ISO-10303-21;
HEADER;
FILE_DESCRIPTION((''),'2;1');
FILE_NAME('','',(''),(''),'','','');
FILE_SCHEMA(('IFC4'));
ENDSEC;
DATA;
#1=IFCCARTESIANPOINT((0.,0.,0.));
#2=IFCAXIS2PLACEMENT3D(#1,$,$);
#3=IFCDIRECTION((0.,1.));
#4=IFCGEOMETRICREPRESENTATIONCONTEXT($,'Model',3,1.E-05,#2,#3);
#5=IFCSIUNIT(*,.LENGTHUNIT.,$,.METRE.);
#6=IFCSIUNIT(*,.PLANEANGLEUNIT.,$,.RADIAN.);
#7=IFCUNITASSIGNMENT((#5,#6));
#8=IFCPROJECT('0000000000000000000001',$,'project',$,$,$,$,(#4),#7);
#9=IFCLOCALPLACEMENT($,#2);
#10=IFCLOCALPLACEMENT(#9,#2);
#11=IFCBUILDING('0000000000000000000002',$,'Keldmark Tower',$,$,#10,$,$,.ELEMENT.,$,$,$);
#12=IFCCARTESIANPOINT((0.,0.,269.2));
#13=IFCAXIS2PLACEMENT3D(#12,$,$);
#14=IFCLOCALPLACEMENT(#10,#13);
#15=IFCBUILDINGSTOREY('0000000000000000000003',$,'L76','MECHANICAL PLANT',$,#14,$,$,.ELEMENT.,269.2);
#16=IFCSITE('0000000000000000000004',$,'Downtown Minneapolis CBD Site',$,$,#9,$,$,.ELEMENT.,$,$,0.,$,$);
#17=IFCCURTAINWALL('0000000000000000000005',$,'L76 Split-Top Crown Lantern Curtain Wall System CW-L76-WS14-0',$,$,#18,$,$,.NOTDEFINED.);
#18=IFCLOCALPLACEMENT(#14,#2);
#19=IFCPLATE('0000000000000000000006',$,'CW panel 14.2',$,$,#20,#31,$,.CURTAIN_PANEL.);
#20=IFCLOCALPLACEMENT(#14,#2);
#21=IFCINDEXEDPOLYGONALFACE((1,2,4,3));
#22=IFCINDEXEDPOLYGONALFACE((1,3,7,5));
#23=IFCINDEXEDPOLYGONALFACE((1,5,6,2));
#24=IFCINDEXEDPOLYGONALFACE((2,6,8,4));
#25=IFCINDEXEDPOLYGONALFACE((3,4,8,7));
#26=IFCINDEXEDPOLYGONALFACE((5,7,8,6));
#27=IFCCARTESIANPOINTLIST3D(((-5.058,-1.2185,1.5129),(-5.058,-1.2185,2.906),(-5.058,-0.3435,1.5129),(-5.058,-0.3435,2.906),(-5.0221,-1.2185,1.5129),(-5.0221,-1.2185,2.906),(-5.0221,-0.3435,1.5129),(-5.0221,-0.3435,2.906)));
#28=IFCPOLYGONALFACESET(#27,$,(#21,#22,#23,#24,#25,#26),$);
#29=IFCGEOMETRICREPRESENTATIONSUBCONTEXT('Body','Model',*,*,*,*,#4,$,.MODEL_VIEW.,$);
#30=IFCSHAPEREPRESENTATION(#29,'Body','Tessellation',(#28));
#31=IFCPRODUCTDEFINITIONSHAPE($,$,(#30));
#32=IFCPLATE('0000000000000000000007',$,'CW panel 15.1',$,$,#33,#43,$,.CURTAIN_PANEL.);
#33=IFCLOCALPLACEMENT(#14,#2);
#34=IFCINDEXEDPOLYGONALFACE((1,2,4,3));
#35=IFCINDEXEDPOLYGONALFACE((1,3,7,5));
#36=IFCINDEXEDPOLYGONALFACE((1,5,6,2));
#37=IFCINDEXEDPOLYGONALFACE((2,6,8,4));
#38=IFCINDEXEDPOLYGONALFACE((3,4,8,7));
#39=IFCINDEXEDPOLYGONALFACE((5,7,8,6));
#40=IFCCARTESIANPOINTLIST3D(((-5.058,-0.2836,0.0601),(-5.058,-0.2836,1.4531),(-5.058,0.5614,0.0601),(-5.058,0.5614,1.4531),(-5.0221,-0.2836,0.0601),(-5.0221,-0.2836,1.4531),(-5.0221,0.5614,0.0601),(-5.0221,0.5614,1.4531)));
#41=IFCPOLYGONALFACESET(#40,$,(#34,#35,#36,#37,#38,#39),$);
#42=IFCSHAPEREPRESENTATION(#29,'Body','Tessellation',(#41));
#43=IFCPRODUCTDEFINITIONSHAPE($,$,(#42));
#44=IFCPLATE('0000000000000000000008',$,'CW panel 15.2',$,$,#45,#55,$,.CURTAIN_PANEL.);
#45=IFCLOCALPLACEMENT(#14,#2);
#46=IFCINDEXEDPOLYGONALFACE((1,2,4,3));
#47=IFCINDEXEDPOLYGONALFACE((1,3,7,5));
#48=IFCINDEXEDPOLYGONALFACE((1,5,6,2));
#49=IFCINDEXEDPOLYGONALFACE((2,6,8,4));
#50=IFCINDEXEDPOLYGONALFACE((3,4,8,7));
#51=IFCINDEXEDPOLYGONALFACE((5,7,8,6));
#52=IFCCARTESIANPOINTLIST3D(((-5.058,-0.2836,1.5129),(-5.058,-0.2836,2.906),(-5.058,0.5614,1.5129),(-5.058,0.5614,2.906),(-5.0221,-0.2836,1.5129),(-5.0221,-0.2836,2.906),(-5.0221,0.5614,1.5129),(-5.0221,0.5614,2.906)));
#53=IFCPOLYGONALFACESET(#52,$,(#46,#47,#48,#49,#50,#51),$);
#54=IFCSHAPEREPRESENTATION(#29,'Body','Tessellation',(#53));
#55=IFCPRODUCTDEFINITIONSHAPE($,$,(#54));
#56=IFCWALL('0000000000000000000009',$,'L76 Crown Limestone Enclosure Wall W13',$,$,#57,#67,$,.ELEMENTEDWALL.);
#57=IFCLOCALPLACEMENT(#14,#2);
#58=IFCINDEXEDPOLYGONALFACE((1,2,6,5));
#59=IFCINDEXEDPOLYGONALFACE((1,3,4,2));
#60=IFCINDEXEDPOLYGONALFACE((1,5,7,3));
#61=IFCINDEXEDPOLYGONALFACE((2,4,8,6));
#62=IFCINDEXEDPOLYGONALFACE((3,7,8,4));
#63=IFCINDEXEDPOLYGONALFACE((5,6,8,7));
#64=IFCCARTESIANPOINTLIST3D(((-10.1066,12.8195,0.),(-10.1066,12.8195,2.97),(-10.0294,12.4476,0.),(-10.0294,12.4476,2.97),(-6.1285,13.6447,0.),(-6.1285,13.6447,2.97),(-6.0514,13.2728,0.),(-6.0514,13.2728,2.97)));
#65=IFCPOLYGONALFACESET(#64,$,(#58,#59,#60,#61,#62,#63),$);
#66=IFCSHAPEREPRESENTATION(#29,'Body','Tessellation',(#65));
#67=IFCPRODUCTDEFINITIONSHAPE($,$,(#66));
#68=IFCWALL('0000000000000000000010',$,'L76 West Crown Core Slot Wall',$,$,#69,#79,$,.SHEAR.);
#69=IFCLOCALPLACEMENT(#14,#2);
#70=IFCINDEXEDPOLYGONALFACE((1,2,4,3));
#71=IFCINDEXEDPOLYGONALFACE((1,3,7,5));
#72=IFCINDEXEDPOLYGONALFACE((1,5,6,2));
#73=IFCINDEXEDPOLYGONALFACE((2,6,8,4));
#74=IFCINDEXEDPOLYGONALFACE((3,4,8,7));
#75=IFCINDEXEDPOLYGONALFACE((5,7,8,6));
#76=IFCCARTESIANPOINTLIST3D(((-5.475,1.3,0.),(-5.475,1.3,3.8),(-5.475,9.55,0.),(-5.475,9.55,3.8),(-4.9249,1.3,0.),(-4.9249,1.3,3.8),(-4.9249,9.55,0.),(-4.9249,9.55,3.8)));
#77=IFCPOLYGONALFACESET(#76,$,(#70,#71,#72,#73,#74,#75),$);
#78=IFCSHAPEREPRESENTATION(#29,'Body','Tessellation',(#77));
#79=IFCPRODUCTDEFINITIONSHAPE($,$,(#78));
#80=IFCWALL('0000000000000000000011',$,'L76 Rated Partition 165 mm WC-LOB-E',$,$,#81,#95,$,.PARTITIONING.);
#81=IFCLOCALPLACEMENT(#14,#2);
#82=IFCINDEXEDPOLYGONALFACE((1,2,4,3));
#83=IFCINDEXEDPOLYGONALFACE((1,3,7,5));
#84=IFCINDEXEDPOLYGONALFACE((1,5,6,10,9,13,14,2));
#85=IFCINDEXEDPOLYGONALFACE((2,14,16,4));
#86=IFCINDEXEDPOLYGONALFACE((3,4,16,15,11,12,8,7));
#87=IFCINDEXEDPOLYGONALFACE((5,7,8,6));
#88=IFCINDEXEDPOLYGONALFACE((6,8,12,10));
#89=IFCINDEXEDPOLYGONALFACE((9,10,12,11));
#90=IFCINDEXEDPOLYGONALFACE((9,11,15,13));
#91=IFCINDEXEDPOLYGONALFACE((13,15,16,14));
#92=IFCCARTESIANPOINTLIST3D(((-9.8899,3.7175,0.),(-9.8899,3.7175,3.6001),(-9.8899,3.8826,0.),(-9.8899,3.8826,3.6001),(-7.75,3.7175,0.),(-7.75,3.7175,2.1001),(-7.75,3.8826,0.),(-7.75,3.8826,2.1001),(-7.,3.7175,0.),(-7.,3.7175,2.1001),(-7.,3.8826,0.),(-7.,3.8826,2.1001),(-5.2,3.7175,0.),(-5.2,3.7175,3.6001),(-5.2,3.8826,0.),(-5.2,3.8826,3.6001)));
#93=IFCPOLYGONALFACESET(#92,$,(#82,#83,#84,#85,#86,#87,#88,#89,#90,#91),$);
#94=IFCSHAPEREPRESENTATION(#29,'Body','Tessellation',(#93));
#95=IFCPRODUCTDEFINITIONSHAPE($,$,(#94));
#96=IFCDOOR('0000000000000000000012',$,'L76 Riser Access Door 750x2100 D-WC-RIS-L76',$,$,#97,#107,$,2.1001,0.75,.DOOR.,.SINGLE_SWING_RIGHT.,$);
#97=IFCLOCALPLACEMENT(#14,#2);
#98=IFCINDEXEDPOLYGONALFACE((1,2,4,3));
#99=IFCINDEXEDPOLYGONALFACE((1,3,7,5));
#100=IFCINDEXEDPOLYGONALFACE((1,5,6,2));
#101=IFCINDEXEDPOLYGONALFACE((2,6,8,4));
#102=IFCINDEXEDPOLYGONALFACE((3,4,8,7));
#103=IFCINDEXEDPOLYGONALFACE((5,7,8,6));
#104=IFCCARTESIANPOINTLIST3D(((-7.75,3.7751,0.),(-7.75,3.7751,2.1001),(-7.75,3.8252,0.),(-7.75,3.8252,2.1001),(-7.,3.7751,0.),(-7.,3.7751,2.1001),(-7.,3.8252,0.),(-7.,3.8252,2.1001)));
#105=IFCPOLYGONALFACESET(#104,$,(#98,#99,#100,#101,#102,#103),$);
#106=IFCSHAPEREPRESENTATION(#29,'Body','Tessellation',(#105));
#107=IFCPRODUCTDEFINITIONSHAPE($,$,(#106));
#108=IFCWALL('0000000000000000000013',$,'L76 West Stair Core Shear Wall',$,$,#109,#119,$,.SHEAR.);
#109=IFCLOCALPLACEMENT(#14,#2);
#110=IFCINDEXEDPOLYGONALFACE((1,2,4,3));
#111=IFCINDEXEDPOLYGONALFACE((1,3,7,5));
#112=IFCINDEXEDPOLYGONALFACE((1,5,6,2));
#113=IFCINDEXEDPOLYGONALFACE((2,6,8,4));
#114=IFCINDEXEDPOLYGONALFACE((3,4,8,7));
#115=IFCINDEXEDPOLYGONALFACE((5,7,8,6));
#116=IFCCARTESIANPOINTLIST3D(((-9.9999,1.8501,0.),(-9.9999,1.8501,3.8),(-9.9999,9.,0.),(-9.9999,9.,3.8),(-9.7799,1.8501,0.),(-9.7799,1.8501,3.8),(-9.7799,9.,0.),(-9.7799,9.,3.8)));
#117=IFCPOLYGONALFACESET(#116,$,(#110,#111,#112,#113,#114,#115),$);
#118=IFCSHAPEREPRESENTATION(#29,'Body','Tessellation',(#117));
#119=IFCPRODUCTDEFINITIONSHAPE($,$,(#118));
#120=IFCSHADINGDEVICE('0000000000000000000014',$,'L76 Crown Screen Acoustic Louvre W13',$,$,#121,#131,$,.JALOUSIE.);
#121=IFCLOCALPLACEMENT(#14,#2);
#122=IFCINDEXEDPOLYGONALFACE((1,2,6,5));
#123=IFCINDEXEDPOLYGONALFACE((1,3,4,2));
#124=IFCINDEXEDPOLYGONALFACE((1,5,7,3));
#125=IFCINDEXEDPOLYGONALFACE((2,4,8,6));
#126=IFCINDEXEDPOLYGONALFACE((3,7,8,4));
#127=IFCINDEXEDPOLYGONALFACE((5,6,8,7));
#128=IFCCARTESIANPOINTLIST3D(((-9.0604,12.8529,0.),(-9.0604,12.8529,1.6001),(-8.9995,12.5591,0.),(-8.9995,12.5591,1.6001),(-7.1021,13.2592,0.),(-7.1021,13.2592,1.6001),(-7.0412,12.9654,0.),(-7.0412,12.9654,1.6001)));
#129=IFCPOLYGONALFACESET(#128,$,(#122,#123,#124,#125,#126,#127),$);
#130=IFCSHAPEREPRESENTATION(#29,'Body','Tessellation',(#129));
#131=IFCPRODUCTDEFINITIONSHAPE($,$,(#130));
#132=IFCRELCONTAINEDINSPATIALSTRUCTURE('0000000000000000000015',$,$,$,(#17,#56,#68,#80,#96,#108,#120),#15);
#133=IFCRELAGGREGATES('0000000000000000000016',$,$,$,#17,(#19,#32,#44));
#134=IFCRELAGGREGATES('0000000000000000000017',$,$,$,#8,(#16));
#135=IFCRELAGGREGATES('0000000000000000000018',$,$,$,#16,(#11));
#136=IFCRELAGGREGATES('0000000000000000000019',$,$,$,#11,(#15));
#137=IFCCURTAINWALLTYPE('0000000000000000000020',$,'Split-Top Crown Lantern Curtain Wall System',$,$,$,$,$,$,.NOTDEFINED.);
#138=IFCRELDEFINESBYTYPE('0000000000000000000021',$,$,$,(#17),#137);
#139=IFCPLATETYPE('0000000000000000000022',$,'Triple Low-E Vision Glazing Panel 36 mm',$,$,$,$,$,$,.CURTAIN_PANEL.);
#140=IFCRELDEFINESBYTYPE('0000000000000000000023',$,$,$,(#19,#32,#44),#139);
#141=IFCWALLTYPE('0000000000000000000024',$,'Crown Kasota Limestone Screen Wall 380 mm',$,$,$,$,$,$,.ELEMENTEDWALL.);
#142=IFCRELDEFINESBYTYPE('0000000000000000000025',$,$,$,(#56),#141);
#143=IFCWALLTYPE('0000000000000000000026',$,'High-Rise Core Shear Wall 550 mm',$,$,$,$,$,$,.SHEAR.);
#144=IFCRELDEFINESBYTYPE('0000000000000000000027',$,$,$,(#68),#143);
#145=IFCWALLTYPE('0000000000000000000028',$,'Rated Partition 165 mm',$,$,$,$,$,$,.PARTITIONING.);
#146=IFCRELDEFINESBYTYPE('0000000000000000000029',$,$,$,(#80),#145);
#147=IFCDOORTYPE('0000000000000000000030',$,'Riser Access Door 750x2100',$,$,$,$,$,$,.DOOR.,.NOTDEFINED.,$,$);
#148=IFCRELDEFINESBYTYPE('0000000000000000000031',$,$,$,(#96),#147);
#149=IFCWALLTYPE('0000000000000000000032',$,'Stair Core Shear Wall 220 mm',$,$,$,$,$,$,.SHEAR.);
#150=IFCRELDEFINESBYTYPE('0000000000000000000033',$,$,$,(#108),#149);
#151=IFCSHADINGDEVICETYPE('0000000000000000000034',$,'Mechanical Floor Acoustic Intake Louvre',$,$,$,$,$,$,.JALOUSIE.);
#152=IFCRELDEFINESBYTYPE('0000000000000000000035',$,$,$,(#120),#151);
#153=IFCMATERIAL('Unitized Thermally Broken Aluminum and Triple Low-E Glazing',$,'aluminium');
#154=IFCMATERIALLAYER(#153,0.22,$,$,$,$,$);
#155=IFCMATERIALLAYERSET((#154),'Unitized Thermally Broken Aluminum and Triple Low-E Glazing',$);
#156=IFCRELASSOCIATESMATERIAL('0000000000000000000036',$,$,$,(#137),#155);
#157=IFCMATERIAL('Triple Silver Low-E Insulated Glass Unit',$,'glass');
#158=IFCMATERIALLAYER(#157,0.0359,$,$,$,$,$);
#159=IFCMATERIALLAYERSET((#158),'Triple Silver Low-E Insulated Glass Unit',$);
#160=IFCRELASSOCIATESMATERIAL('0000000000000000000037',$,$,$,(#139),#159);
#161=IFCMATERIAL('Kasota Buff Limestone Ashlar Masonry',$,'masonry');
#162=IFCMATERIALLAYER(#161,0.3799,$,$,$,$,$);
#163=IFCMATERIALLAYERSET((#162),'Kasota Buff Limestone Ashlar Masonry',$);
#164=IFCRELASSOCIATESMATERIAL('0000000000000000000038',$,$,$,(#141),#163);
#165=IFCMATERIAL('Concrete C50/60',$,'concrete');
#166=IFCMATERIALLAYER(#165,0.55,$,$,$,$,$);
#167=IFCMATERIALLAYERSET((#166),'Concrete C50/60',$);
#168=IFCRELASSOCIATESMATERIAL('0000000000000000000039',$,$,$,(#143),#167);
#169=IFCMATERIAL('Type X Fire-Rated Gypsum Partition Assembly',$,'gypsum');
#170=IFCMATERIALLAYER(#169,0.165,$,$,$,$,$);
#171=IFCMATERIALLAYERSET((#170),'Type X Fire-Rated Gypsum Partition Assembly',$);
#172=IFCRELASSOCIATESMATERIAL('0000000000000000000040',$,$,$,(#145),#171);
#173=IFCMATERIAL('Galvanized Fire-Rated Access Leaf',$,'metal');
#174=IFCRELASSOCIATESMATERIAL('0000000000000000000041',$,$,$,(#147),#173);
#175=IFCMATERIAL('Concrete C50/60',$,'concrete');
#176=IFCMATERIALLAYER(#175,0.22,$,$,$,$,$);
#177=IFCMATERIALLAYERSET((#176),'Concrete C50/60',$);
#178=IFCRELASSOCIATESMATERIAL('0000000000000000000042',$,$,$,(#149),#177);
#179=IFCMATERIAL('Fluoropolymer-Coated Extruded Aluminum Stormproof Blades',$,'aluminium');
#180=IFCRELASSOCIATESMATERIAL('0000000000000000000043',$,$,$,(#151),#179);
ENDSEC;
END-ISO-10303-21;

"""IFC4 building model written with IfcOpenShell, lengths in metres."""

from ifc_helpers import new_model, si_unit, direction, frame, frame_2d, origin, origin_2d, place, context, subcontext, project, spatial, rectangle, extrude, material, layer, layer_set, type_object, element, fill, aggregate, save


model = new_model("IFC4")

# Units and contexts
model_context = context("Model", 3, precision=1e-05, world=origin(), true_north=direction((0.0, 1.0)))
body_context = subcontext(model_context, "Body", "Model", "MODEL_VIEW")
ifc_project = project(units=[si_unit("LENGTHUNIT", "METRE"), si_unit("PLANEANGLEUNIT", "RADIAN")], contexts=[model_context])

# Site, building, storey
site_placement = place(None, origin())
site = spatial("IfcSite", under=ifc_project, at=site_placement, Name="Downtown Minneapolis CBD Site", CompositionType="ELEMENT", RefElevation=0.0)
building_placement = place(site_placement, origin())
building = spatial("IfcBuilding", under=site, at=building_placement, Name="Keldmark Tower", CompositionType="ELEMENT")
storey_placement = place(building_placement, frame((0.0, 0.0, 269.2)))
storey = spatial("IfcBuildingStorey", under=building, at=storey_placement, Name="L76", Description="MECHANICAL PLANT", CompositionType="ELEMENT", Elevation=269.2)

# Curtain wall
ifc_material_1 = material(Name="Unitized Thermally Broken Aluminum and Triple Low-E Glazing", Category="aluminium")
ifc_layer_1 = layer(ifc_material_1, 0.22)
ifc_layer_set_1 = layer_set([ifc_layer_1], Name="Unitized Thermally Broken Aluminum and Triple Low-E Glazing")
curtain_wall_type = type_object("IfcCurtainWallType", Name="Split-Top Crown Lantern Curtain Wall System", PredefinedType="NOTDEFINED", material=ifc_layer_set_1)
curtain_wall_1_placement = place(storey_placement, origin())
curtain_wall_1 = element("IfcCurtainWall", 1, at=curtain_wall_1_placement, inside=storey, type_object=curtain_wall_type, Name="L76 Split-Top Crown Lantern Curtain Wall System CW-L76-WS14-0", PredefinedType="NOTDEFINED")

# Plates
ifc_material_2 = material(Name="Triple Silver Low-E Insulated Glass Unit", Category="glass")
ifc_layer_2 = layer(ifc_material_2, 0.0359)
ifc_layer_set_2 = layer_set([ifc_layer_2], Name="Triple Silver Low-E Insulated Glass Unit")
plate_type_1 = type_object("IfcPlateType", Name="Triple Low-E Vision Glazing Panel 36 mm", PredefinedType="CURTAIN_PANEL", material=ifc_layer_set_2)
plate_1_placement = place(storey_placement, frame((-5.04, -0.781, 1.5129), z_axis=(0.0, 0.0, 1.0), x_axis=(0.0, 1.0, 0.0)))
plate_1 = element("IfcPlate", 2, at=plate_1_placement, type_object=plate_type_1, Name="CW panel 14.2", PredefinedType="CURTAIN_PANEL", context=body_context, shape_type="SweptSolid", body=[
    extrude(rectangle(XDim=0.875, YDim=0.0359, at=origin_2d()), origin(), (0.0, 0.0, 1.0), 1.3931),
])
plate_2_placement = place(storey_placement, frame((-5.04, 0.1389, 0.0601), z_axis=(0.0, 0.0, 1.0), x_axis=(0.0, 1.0, 0.0)))
plate_2 = element("IfcPlate", 3, at=plate_2_placement, type_object=plate_type_1, Name="CW panel 15.1", PredefinedType="CURTAIN_PANEL", context=body_context, shape_type="SweptSolid", body=[
    extrude(rectangle(XDim=0.845, YDim=0.0359, at=origin_2d()), origin(), (0.0, 0.0, 1.0), 1.3931),
])
plate_3_placement = place(storey_placement, frame((-5.04, 0.1389, 1.5129), z_axis=(0.0, 0.0, 1.0), x_axis=(0.0, 1.0, 0.0)))
plate_3 = element("IfcPlate", 4, at=plate_3_placement, type_object=plate_type_1, Name="CW panel 15.2", PredefinedType="CURTAIN_PANEL", context=body_context, shape_type="SweptSolid", body=[
    extrude(rectangle(XDim=0.845, YDim=0.0359, at=origin_2d()), origin(), (0.0, 0.0, 1.0), 1.3931),
])
aggregate(curtain_wall_1, [plate_1, plate_2, plate_3])

# Walls
ifc_material_3 = material(Name="Kasota Buff Limestone Ashlar Masonry", Category="masonry")
ifc_layer_3 = layer(ifc_material_3, 0.3799)
ifc_layer_set_3 = layer_set([ifc_layer_3], Name="Kasota Buff Limestone Ashlar Masonry")
wall_type_1 = type_object("IfcWallType", Name="Crown Kasota Limestone Screen Wall 380 mm", PredefinedType="ELEMENTEDWALL", material=ifc_layer_set_3)
wall_1_placement = place(storey_placement, frame((-6.0901, 13.4587, 0.0), z_axis=(0.0, 0.0, 1.0), x_axis=(-0.979155, -0.203114, 0.0)))
element("IfcWall", 5, at=wall_1_placement, inside=storey, type_object=wall_type_1, Name="L76 Crown Limestone Enclosure Wall W13", PredefinedType="ELEMENTEDWALL", context=body_context, shape_type="SweptSolid", body=[
    extrude(rectangle(XDim=4.0627, YDim=0.3799, at=frame_2d((2.0312, 0.0))), origin(), (0.0, 0.0, 1.0), 2.97),
])
ifc_material_4 = material(Name="Concrete C50/60", Category="concrete")
ifc_layer_4 = layer(ifc_material_4, 0.55)
ifc_layer_set_4 = layer_set([ifc_layer_4], Name="Concrete C50/60")
wall_type_2 = type_object("IfcWallType", Name="High-Rise Core Shear Wall 550 mm", PredefinedType="SHEAR", material=ifc_layer_set_4)
wall_2_placement = place(storey_placement, frame((-5.2, 1.3, 0.0), z_axis=(0.0, 0.0, 1.0), x_axis=(0.0, 1.0, 0.0)))
element("IfcWall", 6, at=wall_2_placement, inside=storey, type_object=wall_type_2, Name="L76 West Crown Core Slot Wall", PredefinedType="SHEAR", context=body_context, shape_type="SweptSolid", body=[
    extrude(rectangle(XDim=8.25, YDim=0.55, at=frame_2d((4.125, 0.0))), origin(), (0.0, 0.0, 1.0), 3.8),
])

# Wall, opening, door
ifc_material_5 = material(Name="Type X Fire-Rated Gypsum Partition Assembly", Category="gypsum")
ifc_layer_5 = layer(ifc_material_5, 0.165)
ifc_layer_set_5 = layer_set([ifc_layer_5], Name="Type X Fire-Rated Gypsum Partition Assembly")
wall_type_3 = type_object("IfcWallType", Name="Rated Partition 165 mm", PredefinedType="PARTITIONING", material=ifc_layer_set_5)
wall_3_placement = place(storey_placement, frame((-5.2, 3.8, 0.0), z_axis=(0.0, 0.0, 1.0), x_axis=(-1.0, 0.0, 0.0)))
wall_3 = element("IfcWall", 7, at=wall_3_placement, inside=storey, type_object=wall_type_3, Name="L76 Rated Partition 165 mm WC-LOB-E", PredefinedType="PARTITIONING", context=body_context, shape_type="SweptSolid", body=[
    extrude(rectangle(XDim=4.6899, YDim=0.165, at=frame_2d((2.345, 0.0))), origin(), (0.0, 0.0, 1.0), 3.6001),
])
opening_placement = place(wall_3_placement, frame((1.8, 0.0, 0.0)))
opening = element("IfcOpeningElement", 8, at=opening_placement, cuts=wall_3, PredefinedType="OPENING", context=body_context, shape_type="SweptSolid", body=[
    extrude(rectangle(XDim=0.75, YDim=2.1001, at=frame_2d((0.375, 1.05))), frame((0.0, 0.0925, 0.0), z_axis=(0.0, -1.0, 0.0), x_axis=(1.0, 0.0, 0.0)), (0.0, 0.0, 1.0), 0.1851),
])
ifc_material_6 = material(Name="Galvanized Fire-Rated Access Leaf", Category="metal")
door_type = type_object("IfcDoorType", Name="Riser Access Door 750x2100", OperationType="NOTDEFINED", PredefinedType="DOOR", material=ifc_material_6)
door_placement = place(opening_placement, origin())
door = element("IfcDoor", 9, at=door_placement, inside=storey, type_object=door_type, Name="L76 Riser Access Door 750x2100 D-WC-RIS-L76", OperationType="SINGLE_SWING_RIGHT", OverallHeight=2.1001, OverallWidth=0.75, PredefinedType="DOOR", context=body_context, shape_type="SweptSolid", body=[
    extrude(rectangle(XDim=0.75, YDim=2.1001, at=frame_2d((0.375, 1.05))), frame((0.0, 0.0249, 0.0), z_axis=(0.0, -1.0, 0.0), x_axis=(1.0, 0.0, 0.0)), (0.0, 0.0, 1.0), 0.05),
])
fill(opening, door)

# Wall
ifc_material_7 = material(Name="Concrete C50/60", Category="concrete")
ifc_layer_6 = layer(ifc_material_7, 0.22)
ifc_layer_set_6 = layer_set([ifc_layer_6], Name="Concrete C50/60")
wall_type_4 = type_object("IfcWallType", Name="Stair Core Shear Wall 220 mm", PredefinedType="SHEAR", material=ifc_layer_set_6)
wall_4_placement = place(storey_placement, frame((-9.8899, 1.8501, 0.0), z_axis=(0.0, 0.0, 1.0), x_axis=(0.0, 1.0, 0.0)))
element("IfcWall", 10, at=wall_4_placement, inside=storey, type_object=wall_type_4, Name="L76 West Stair Core Shear Wall", PredefinedType="SHEAR", context=body_context, shape_type="SweptSolid", body=[
    extrude(rectangle(XDim=7.1499, YDim=0.22, at=frame_2d((3.575, 0.0))), origin(), (0.0, 0.0, 1.0), 3.8),
])

# Shading device
ifc_material_8 = material(Name="Fluoropolymer-Coated Extruded Aluminum Stormproof Blades", Category="aluminium")
shading_device_type = type_object("IfcShadingDeviceType", Name="Mechanical Floor Acoustic Intake Louvre", PredefinedType="JALOUSIE", material=ifc_material_8)
shading_device_placement = place(storey_placement, frame((-8.0508, 12.9092, 0.0), z_axis=(0.0, 0.0, 1.0), x_axis=(-0.979148, -0.203146, 0.0)))
element("IfcShadingDevice", 11, at=shading_device_placement, inside=storey, type_object=shading_device_type, Name="L76 Crown Screen Acoustic Louvre W13", PredefinedType="JALOUSIE", context=body_context, shape_type="SweptSolid", body=[
    extrude(rectangle(XDim=2.0, YDim=0.3, at=origin_2d()), origin(), (0.0, 0.0, 1.0), 1.6001),
])

save(model, "model.ifc")
